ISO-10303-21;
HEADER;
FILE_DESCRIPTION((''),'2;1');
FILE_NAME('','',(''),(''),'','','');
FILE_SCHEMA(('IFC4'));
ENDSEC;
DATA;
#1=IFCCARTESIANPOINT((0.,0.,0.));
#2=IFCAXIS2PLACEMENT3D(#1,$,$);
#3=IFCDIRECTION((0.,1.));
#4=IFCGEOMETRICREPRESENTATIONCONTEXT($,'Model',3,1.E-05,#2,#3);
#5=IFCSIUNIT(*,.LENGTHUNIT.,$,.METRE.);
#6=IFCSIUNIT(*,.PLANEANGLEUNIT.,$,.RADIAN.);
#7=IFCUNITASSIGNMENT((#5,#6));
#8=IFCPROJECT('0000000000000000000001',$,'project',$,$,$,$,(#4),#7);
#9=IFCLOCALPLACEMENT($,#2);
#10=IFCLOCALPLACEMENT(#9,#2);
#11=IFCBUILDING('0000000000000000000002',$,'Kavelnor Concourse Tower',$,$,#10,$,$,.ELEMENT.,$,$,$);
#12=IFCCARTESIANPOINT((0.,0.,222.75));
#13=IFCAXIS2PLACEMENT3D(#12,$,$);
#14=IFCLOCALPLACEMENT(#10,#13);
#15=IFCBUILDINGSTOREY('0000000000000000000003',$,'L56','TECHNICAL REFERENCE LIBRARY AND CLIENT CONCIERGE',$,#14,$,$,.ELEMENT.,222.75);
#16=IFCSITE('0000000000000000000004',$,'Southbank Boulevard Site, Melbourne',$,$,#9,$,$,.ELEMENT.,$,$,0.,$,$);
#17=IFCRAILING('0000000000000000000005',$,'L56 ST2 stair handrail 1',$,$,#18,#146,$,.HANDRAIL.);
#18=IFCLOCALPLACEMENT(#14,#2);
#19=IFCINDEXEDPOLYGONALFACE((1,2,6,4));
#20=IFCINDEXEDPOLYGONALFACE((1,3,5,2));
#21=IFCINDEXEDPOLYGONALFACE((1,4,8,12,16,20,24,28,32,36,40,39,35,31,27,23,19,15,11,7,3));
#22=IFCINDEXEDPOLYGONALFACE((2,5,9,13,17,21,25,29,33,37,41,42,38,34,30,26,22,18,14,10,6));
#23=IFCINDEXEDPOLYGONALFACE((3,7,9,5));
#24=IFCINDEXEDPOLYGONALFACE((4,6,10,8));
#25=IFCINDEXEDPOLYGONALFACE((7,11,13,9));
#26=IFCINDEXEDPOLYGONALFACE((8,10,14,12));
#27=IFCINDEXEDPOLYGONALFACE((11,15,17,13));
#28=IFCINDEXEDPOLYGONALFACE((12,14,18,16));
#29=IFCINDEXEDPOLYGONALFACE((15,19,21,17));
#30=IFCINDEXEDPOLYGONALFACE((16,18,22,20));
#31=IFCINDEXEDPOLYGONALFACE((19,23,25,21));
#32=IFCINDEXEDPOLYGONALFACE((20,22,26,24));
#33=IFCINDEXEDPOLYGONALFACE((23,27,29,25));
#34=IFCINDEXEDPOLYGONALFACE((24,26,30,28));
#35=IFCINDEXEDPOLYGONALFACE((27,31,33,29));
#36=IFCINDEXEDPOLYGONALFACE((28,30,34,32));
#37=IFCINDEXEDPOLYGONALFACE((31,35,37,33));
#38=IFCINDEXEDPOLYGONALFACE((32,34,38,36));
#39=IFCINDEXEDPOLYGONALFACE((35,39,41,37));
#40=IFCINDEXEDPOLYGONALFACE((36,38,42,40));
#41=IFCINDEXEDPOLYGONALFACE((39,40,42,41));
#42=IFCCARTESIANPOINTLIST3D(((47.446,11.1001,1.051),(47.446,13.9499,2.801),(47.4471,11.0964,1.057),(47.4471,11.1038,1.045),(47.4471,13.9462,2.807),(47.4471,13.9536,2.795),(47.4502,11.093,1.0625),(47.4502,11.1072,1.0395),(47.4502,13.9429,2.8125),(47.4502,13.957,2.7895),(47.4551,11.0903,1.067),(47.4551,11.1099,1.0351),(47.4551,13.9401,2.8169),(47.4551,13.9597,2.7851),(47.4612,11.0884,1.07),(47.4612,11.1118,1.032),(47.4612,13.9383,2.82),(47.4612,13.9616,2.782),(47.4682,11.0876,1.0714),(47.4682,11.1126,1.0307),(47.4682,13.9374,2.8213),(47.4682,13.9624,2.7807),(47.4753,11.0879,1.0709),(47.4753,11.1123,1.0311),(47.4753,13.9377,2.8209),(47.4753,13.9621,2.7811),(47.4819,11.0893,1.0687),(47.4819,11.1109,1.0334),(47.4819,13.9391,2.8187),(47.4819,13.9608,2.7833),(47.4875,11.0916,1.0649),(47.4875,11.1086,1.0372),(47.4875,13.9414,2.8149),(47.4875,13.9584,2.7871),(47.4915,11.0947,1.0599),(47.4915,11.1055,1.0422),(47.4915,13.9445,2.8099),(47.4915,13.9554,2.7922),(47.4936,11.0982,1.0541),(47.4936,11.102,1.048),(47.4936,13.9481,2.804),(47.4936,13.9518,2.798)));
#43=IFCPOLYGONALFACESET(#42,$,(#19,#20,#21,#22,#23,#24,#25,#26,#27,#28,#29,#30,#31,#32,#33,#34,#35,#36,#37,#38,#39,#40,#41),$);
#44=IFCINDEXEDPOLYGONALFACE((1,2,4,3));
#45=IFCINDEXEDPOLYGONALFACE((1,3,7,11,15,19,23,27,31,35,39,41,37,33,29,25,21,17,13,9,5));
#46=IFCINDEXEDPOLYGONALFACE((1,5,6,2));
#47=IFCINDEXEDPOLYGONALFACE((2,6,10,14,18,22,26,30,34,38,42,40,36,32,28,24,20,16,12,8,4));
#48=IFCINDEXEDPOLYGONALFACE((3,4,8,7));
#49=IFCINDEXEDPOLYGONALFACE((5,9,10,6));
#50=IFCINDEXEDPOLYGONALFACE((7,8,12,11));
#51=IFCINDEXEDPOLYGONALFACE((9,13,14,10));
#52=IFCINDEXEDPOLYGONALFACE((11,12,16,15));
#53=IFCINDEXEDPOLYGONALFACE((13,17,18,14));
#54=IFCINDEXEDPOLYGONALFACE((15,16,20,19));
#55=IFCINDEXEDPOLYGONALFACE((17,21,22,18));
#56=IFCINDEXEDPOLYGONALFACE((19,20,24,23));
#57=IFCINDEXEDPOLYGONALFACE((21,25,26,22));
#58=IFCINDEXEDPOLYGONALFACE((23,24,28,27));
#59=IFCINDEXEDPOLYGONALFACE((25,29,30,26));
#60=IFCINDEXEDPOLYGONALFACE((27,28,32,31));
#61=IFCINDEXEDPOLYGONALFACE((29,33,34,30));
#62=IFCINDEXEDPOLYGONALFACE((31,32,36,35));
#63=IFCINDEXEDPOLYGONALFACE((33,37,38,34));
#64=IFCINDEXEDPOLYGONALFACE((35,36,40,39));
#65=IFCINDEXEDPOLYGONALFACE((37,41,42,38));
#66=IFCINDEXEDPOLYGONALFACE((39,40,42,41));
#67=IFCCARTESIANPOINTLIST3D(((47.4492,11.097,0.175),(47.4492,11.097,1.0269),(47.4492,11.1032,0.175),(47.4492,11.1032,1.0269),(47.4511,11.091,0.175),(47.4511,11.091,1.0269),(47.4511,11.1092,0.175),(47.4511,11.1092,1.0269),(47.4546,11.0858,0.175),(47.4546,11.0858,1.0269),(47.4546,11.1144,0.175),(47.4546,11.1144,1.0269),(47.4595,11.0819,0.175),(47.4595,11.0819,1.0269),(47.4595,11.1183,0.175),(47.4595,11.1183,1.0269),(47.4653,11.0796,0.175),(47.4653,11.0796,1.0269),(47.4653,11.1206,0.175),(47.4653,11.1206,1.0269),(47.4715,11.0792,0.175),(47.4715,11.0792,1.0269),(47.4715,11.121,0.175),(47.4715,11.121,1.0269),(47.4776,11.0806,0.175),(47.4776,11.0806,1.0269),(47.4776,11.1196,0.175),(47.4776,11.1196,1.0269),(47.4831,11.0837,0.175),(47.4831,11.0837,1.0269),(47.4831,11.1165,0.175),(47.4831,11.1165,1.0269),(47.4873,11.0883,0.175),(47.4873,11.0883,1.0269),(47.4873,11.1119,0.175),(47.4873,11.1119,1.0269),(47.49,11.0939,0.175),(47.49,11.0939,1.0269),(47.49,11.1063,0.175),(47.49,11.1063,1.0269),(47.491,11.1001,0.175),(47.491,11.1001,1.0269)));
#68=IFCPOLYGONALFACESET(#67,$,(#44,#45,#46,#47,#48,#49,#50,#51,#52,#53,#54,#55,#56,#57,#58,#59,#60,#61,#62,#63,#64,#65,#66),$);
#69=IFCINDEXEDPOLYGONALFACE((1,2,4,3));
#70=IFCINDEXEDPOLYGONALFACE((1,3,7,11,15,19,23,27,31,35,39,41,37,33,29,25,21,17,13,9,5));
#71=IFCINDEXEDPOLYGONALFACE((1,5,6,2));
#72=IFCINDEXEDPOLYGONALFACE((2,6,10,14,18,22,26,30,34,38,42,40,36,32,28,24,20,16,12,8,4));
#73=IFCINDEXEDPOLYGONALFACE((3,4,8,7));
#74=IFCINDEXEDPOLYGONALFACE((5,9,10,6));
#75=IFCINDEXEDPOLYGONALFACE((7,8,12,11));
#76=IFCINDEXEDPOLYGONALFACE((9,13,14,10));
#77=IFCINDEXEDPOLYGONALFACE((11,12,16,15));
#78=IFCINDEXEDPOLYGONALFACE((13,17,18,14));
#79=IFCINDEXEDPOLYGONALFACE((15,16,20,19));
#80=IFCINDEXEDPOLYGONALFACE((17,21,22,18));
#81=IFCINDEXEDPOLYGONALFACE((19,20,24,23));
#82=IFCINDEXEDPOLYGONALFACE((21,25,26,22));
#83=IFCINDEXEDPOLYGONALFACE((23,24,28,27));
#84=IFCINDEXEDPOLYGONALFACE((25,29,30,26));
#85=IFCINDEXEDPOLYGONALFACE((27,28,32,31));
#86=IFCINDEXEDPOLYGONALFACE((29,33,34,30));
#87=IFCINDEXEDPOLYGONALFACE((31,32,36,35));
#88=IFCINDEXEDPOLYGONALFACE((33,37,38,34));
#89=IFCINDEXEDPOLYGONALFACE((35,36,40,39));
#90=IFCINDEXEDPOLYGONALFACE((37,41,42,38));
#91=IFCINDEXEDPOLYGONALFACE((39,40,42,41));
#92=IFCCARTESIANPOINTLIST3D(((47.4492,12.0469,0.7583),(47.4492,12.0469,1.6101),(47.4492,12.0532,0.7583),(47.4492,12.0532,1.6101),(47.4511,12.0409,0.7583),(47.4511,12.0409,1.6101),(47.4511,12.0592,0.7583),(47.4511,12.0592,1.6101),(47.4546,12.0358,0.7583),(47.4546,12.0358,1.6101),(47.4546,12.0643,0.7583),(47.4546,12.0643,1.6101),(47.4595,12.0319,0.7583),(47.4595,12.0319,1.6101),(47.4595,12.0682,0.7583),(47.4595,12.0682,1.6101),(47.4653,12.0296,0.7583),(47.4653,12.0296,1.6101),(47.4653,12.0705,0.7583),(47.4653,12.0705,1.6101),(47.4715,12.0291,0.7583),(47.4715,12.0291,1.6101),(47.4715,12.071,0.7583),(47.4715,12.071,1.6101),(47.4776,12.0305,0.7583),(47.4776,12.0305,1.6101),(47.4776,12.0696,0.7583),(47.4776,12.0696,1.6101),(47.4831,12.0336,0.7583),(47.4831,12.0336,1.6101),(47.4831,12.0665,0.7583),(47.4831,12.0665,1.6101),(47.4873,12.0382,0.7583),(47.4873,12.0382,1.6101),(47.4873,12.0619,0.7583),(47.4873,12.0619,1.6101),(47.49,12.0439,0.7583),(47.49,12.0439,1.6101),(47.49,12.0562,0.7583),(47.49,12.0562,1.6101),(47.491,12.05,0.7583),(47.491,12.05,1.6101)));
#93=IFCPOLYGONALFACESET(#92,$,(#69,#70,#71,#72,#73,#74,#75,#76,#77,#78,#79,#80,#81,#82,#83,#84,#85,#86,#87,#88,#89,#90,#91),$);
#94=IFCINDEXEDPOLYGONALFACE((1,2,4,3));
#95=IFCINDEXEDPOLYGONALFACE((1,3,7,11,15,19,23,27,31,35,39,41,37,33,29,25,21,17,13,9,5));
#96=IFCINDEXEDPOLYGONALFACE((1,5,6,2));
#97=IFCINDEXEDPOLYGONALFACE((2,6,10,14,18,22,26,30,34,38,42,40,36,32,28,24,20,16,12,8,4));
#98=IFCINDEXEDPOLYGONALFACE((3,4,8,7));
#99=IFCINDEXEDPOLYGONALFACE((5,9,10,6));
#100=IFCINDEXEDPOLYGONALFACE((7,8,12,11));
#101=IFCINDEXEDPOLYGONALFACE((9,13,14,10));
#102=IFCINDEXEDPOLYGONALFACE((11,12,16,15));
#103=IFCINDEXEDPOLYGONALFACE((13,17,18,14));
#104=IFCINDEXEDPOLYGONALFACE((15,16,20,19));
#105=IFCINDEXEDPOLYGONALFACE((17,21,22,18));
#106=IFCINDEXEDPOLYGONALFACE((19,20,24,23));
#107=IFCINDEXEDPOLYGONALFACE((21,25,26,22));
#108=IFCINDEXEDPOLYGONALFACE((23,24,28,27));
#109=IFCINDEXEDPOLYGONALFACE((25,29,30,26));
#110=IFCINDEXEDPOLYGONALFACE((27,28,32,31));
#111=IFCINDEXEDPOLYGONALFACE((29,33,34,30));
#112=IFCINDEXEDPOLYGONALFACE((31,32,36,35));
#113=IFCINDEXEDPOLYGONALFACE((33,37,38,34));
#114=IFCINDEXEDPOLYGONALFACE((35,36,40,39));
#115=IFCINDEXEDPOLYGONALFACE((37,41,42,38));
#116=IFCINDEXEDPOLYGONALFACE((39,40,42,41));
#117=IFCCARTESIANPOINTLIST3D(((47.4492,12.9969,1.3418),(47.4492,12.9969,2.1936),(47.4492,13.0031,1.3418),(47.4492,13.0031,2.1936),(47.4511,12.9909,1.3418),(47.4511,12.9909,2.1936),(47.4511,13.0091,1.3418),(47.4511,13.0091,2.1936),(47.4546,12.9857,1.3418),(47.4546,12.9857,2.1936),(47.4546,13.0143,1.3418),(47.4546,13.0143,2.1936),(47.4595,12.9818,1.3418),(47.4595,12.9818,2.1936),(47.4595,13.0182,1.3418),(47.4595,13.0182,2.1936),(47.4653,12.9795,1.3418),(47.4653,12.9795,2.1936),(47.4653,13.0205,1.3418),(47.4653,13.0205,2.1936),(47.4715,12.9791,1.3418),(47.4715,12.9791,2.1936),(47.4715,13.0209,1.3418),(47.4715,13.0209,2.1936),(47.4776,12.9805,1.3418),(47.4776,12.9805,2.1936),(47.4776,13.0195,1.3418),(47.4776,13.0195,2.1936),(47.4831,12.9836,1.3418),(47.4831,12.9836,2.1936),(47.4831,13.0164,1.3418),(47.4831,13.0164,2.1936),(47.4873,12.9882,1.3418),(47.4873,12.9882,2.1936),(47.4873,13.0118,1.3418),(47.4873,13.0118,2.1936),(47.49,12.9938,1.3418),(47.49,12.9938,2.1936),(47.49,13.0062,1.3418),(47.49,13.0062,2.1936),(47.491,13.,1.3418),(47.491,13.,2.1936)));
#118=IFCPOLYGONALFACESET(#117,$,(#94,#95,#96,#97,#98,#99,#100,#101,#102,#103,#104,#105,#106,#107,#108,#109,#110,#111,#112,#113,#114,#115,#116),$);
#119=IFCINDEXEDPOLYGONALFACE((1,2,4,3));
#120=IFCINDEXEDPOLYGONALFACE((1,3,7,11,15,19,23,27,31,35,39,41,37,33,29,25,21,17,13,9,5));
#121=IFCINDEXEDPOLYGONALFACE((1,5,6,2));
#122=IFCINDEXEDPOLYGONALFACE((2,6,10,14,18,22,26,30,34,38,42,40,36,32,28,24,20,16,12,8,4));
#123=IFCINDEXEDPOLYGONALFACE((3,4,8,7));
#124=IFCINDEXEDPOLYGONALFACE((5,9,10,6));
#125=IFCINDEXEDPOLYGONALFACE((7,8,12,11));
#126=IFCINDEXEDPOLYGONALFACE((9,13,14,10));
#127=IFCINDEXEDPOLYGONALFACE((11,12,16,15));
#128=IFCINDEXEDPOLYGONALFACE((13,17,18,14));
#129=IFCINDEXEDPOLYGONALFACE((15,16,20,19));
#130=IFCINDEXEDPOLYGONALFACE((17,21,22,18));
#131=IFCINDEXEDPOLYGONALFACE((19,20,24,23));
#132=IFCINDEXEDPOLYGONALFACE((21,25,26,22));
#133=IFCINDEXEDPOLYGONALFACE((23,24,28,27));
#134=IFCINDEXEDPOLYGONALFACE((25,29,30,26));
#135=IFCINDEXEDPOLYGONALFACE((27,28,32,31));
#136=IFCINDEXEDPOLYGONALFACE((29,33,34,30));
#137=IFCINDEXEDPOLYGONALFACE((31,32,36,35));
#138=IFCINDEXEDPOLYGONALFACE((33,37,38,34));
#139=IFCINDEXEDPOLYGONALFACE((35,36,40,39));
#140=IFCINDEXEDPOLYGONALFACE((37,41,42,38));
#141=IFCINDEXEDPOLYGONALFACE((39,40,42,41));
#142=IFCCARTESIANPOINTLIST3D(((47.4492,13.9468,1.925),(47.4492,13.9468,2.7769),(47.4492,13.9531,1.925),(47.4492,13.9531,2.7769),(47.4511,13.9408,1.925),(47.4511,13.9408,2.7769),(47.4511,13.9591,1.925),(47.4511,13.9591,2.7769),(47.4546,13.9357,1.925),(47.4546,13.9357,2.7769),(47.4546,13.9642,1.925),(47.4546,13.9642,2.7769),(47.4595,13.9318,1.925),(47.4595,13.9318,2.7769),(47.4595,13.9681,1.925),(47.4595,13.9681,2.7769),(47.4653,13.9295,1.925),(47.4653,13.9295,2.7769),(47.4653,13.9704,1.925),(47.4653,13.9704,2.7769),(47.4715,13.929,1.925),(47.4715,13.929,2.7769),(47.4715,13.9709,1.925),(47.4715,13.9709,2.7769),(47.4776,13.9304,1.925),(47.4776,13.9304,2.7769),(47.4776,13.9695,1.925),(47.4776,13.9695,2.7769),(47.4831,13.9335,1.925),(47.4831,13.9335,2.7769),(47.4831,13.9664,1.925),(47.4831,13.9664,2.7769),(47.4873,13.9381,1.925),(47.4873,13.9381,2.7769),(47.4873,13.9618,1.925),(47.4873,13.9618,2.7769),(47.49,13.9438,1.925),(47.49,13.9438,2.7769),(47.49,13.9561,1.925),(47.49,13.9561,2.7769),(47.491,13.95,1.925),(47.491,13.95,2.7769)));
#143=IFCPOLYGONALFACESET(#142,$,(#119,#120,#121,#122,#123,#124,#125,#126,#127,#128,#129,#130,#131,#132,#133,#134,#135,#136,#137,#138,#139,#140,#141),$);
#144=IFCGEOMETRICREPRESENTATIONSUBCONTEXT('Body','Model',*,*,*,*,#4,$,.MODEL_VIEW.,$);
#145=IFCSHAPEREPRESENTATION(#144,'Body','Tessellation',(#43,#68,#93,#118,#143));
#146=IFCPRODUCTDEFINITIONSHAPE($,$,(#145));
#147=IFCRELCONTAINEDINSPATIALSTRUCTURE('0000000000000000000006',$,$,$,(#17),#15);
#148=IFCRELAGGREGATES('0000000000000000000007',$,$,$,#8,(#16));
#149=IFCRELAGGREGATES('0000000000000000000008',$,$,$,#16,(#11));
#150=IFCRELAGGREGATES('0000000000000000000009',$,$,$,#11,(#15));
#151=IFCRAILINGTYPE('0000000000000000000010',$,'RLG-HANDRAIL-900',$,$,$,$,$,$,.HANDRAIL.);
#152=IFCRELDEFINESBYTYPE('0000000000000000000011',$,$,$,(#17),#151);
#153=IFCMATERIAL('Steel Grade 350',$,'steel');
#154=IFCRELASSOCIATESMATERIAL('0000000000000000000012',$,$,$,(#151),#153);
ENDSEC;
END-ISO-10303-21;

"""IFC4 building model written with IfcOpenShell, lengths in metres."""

from ifc_helpers import new_model, si_unit, direction, frame, origin, origin_2d, place, context, subcontext, project, spatial, circle, extrude, material, type_object, element, save


model = new_model("IFC4")

# Units and contexts
model_context = context("Model", 3, precision=1e-05, world=origin(), true_north=direction((0.0, 1.0)))
body_context = subcontext(model_context, "Body", "Model", "MODEL_VIEW")
ifc_project = project(units=[si_unit("LENGTHUNIT", "METRE"), si_unit("PLANEANGLEUNIT", "RADIAN")], contexts=[model_context])

# Site, building, storey
site_placement = place(None, origin())
site = spatial("IfcSite", under=ifc_project, at=site_placement, Name="Southbank Boulevard Site, Melbourne", CompositionType="ELEMENT", RefElevation=0.0)
building_placement = place(site_placement, origin())
building = spatial("IfcBuilding", under=site, at=building_placement, Name="Kavelnor Concourse Tower", CompositionType="ELEMENT")
storey_placement = place(building_placement, frame((0.0, 0.0, 222.75)))
storey = spatial("IfcBuildingStorey", under=building, at=storey_placement, Name="L56", Description="TECHNICAL REFERENCE LIBRARY AND CLIENT CONCIERGE", CompositionType="ELEMENT", Elevation=222.75)

# Shared definitions
ifc_material_1 = material(Name="Steel Grade 350", Category="steel")

# Railing
railing_type_1 = type_object("IfcRailingType", Name="RLG-HANDRAIL-900", PredefinedType="HANDRAIL", material=ifc_material_1)
railing_1_placement = place(storey_placement, frame((47.47, 11.1001, 0.175)))
element("IfcRailing", 1, at=railing_1_placement, inside=storey, type_object=railing_type_1, Name="L56 ST2 stair handrail 1", PredefinedType="HANDRAIL", context=body_context, shape_type="SweptSolid", body=[
    extrude(circle(Radius=0.0239, at=origin_2d()), frame((0.0, 0.0, 0.876), z_axis=(0.0, 0.852159, 0.523283), x_axis=(-1.0, 0.0, 0.0)), (0.0, 0.0, 1.0), 3.3442),
    extrude(circle(Radius=0.021, at=origin_2d()), origin(), (0.0, 0.0, 1.0), 0.8518),
    extrude(circle(Radius=0.021, at=origin_2d()), frame((0.0, 0.95, 0.5833)), (0.0, 0.0, 1.0), 0.8518),
    extrude(circle(Radius=0.021, at=origin_2d()), frame((0.0, 1.8999, 1.1667)), (0.0, 0.0, 1.0), 0.8518),
    extrude(circle(Radius=0.021, at=origin_2d()), frame((0.0, 2.8499, 1.75)), (0.0, 0.0, 1.0), 0.8518),
])

save(model, "model.ifc")
